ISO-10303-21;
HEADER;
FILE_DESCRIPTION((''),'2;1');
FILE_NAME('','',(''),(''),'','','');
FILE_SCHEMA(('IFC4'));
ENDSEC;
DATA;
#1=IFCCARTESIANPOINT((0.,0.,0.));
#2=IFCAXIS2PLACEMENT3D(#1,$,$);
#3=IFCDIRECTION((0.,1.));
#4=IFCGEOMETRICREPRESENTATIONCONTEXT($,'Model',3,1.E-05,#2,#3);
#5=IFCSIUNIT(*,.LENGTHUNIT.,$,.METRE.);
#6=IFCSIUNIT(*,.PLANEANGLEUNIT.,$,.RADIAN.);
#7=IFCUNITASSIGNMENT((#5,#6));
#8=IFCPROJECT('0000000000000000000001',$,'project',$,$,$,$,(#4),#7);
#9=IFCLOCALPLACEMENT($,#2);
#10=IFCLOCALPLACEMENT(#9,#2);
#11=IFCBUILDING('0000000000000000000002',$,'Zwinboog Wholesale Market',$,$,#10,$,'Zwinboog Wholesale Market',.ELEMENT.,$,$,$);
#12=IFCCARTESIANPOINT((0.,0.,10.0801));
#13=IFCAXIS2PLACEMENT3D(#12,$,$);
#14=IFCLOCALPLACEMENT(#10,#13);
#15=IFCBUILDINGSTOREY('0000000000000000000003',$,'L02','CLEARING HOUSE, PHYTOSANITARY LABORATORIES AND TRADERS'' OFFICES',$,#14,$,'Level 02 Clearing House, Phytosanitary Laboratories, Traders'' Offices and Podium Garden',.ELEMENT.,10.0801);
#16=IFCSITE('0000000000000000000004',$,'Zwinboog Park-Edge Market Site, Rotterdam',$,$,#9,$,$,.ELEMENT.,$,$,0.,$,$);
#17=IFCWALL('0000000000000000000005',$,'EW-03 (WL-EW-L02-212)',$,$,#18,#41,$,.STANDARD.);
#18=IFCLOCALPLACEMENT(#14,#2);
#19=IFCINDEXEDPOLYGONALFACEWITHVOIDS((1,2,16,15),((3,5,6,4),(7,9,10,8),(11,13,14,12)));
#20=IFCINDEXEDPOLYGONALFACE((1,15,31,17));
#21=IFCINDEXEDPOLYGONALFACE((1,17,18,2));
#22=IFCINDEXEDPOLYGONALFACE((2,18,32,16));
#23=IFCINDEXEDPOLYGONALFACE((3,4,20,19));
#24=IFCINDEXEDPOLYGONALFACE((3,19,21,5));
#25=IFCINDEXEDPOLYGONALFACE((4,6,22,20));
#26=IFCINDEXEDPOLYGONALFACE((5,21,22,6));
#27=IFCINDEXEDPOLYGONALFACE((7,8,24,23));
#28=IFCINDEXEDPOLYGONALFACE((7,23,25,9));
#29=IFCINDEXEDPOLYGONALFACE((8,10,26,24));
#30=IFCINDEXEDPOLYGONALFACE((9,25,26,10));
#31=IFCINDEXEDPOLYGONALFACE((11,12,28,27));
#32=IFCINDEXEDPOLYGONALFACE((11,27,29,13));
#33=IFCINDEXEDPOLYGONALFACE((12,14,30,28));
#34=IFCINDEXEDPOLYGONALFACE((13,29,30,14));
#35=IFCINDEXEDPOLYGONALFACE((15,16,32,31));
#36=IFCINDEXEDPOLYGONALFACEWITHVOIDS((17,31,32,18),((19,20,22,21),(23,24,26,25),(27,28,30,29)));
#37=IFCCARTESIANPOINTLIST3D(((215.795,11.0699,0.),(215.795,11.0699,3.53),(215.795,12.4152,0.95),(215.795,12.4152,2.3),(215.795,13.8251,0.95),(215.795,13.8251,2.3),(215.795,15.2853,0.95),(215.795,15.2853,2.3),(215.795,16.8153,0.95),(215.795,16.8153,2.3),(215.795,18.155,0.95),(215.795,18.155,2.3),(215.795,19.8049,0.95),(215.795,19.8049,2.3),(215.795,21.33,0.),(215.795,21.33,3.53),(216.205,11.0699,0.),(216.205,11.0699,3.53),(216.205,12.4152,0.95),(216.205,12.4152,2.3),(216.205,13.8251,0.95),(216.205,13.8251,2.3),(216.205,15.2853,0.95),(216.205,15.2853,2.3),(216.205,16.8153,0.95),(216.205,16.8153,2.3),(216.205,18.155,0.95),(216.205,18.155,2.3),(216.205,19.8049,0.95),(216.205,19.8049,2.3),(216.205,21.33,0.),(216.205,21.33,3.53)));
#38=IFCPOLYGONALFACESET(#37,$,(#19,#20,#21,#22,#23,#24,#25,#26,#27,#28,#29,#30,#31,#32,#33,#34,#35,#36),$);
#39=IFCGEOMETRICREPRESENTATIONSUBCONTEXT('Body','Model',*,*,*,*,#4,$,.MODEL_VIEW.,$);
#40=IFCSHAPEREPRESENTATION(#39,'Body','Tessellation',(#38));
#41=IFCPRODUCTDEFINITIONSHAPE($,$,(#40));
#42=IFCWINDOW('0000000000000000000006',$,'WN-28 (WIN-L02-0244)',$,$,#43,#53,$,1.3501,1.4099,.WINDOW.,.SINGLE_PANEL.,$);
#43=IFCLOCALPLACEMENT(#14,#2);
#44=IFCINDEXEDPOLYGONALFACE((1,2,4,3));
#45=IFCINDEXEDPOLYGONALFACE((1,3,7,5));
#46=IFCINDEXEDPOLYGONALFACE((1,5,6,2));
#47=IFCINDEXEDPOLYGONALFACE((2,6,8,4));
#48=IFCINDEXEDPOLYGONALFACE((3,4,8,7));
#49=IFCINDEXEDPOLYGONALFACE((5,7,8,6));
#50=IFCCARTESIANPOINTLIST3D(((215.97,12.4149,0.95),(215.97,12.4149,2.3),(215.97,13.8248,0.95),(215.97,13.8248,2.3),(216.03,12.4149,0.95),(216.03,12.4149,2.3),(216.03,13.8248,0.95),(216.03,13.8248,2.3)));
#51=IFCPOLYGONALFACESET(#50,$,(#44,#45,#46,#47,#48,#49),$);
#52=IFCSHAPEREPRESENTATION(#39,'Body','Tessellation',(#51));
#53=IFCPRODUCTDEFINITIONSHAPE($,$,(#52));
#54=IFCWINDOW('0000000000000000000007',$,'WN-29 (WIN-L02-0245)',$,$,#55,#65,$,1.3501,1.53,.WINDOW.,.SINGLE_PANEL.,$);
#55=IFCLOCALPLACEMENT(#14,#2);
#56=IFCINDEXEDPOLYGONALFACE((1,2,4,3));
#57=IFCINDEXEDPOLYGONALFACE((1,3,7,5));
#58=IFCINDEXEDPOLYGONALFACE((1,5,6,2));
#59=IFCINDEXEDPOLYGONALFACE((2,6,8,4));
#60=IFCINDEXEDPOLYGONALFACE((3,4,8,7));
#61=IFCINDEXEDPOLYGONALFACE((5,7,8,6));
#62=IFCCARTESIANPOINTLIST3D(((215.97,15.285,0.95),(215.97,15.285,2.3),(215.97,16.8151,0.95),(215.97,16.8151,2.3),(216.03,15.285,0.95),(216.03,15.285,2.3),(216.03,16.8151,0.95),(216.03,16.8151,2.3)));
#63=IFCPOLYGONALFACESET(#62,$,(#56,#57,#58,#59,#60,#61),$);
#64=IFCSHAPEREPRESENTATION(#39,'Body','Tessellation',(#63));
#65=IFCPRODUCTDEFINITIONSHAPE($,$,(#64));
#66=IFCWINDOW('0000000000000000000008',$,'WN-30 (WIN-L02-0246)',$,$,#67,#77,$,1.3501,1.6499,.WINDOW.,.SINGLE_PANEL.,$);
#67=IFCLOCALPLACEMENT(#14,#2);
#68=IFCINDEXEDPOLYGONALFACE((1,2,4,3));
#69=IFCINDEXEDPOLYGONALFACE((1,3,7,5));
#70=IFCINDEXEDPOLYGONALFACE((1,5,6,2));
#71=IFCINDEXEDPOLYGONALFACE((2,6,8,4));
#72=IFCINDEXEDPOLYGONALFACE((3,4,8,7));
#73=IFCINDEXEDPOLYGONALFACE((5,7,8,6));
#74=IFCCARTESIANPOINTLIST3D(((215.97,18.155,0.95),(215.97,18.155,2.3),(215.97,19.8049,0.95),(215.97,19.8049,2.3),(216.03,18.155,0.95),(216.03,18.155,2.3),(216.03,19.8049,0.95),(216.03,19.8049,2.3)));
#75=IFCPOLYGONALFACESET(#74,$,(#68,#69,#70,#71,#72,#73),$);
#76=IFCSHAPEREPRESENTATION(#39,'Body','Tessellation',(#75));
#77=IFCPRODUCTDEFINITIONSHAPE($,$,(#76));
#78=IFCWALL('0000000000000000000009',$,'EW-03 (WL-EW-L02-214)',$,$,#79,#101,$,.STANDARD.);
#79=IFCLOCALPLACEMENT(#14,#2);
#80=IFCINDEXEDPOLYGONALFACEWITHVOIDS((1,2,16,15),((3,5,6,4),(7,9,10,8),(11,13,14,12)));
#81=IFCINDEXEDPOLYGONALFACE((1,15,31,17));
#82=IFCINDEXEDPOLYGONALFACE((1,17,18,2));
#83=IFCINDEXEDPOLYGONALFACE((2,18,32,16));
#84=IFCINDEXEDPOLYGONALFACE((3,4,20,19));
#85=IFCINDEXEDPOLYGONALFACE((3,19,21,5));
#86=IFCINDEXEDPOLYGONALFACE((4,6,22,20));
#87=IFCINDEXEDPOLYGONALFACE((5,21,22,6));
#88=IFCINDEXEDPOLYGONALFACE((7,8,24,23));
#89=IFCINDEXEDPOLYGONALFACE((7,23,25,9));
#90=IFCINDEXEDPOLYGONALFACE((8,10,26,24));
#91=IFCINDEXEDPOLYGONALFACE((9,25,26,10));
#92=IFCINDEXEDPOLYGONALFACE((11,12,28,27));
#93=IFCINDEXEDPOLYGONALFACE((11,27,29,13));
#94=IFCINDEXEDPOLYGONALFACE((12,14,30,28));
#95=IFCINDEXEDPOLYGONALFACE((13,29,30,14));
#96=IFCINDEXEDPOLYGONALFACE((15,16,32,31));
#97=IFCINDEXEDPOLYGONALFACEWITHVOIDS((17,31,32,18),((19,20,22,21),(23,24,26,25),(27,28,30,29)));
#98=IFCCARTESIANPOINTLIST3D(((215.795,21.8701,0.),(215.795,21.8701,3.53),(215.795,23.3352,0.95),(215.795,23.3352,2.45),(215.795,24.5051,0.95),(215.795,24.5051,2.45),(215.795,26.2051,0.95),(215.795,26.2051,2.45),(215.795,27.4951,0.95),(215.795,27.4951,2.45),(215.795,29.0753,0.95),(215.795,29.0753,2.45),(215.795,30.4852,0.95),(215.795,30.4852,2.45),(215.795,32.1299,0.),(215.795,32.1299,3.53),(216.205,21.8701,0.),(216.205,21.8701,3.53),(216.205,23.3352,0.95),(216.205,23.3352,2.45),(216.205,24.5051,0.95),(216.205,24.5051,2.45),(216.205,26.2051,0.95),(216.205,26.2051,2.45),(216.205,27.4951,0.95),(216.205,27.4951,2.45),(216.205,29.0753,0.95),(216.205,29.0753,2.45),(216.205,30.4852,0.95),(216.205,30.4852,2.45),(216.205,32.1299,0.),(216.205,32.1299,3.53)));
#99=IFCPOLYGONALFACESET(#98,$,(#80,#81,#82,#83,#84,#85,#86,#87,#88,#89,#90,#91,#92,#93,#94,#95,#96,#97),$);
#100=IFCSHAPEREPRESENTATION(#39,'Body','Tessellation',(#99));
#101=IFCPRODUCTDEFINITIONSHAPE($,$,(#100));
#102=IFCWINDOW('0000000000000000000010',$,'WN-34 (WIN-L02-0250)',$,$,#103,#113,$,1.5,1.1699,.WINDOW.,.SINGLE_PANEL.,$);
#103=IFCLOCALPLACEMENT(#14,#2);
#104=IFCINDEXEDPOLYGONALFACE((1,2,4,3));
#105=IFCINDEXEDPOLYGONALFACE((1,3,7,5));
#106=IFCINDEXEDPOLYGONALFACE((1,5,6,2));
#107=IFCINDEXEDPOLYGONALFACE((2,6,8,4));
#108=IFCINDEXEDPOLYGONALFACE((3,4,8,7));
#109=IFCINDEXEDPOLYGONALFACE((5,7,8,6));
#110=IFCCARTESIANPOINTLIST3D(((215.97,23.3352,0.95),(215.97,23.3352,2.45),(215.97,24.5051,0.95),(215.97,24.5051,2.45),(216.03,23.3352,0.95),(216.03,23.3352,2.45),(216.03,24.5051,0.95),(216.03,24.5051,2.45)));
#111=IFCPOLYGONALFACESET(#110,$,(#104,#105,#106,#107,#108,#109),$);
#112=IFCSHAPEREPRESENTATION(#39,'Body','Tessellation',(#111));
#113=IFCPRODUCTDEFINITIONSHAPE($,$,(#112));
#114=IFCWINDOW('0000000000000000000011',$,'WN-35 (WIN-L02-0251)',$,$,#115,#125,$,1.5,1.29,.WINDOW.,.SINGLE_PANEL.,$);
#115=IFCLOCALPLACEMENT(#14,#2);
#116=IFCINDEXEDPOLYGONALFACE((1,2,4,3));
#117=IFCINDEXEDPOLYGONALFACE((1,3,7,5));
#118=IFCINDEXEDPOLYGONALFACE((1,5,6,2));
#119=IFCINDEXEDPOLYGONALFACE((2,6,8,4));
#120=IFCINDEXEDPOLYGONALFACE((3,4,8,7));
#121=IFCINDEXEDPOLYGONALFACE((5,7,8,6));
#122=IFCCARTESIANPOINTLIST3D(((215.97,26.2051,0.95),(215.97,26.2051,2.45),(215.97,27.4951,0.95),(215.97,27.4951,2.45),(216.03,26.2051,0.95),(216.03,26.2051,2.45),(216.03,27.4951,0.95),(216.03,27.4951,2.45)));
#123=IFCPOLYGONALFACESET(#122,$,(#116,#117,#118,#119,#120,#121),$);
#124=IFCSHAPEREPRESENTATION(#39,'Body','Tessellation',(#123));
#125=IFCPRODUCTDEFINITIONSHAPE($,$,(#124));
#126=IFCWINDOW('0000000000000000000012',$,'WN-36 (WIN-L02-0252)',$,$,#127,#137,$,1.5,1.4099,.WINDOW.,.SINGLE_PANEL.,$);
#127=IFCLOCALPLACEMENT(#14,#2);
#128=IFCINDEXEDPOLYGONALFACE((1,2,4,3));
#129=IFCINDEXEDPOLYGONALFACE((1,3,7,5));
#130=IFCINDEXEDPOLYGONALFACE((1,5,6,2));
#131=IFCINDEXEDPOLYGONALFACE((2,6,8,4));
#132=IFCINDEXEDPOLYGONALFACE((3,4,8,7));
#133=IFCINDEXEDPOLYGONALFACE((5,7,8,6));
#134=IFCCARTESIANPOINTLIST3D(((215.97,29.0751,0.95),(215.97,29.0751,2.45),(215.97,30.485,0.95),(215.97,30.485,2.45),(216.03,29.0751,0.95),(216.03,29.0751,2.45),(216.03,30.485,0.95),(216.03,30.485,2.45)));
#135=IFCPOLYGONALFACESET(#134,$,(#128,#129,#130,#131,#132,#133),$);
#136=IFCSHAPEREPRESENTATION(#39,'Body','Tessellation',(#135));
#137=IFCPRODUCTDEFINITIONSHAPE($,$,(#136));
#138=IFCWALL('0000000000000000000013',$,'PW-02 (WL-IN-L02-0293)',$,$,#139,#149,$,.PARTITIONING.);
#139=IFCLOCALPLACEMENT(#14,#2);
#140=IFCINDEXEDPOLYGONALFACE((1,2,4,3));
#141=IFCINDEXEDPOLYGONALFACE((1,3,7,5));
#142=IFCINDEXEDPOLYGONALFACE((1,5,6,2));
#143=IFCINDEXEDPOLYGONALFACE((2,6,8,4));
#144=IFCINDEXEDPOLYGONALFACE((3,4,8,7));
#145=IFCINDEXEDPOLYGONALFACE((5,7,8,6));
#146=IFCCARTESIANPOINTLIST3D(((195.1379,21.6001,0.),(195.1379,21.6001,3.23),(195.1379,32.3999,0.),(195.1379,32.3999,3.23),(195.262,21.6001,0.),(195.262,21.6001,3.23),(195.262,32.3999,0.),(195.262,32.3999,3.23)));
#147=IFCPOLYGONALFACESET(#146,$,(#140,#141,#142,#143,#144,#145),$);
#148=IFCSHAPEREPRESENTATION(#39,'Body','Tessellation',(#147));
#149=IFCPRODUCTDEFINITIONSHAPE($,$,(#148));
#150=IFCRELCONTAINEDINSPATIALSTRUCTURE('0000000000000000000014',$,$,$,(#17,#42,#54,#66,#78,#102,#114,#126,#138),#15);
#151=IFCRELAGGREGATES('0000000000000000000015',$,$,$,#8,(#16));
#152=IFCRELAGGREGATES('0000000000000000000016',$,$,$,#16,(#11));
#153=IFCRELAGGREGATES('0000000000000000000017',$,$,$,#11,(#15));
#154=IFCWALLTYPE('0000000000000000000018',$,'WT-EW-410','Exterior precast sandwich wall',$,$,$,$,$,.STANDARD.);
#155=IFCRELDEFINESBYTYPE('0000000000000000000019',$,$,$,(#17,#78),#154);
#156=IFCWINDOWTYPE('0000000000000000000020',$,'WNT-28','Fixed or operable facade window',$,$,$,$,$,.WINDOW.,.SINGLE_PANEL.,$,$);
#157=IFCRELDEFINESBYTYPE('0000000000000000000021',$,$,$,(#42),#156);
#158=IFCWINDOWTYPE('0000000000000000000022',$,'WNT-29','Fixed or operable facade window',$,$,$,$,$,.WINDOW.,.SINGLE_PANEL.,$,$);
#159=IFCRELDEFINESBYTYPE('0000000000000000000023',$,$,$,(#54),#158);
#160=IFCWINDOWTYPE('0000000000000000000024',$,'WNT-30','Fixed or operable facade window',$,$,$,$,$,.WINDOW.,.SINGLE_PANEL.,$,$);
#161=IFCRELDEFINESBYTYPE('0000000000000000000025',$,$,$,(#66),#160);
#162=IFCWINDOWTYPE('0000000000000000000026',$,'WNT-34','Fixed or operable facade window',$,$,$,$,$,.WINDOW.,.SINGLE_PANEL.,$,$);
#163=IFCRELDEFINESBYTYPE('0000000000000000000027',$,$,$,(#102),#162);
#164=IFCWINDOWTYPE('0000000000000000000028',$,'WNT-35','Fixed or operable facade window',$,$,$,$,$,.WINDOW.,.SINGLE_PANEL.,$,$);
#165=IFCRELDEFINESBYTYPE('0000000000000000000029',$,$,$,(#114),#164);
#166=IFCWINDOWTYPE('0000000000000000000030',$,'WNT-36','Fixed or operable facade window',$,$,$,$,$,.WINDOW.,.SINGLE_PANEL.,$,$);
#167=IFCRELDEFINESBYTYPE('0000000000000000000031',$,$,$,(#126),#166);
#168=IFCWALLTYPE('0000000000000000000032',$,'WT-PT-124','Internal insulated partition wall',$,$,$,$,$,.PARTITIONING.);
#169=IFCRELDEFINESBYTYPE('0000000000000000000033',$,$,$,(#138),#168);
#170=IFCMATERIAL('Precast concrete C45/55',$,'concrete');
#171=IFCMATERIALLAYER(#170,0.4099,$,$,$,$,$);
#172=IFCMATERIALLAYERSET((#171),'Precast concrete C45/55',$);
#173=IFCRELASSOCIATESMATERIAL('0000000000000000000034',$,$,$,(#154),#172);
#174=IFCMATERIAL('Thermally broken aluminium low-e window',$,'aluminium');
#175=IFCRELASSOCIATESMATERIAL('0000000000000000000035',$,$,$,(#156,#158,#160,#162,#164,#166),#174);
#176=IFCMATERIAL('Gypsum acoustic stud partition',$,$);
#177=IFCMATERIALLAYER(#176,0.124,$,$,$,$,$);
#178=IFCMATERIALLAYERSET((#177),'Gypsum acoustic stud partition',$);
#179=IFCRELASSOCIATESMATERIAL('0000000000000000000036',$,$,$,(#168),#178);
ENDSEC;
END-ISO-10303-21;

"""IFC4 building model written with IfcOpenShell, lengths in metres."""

from ifc_helpers import new_model, si_unit, direction, frame, frame_2d, origin, place, context, subcontext, project, spatial, rectangle, extrude, material, layer, layer_set, type_object, element, fill, save


model = new_model("IFC4")

# Units and contexts
model_context = context("Model", 3, precision=1e-05, world=origin(), true_north=direction((0.0, 1.0)))
body_context = subcontext(model_context, "Body", "Model", "MODEL_VIEW")
ifc_project = project(units=[si_unit("LENGTHUNIT", "METRE"), si_unit("PLANEANGLEUNIT", "RADIAN")], contexts=[model_context])

# Site, building, storey
site_placement = place(None, origin())
site = spatial("IfcSite", under=ifc_project, at=site_placement, Name="Zwinboog Park-Edge Market Site, Rotterdam", CompositionType="ELEMENT", RefElevation=0.0)
building_placement = place(site_placement, origin())
building = spatial("IfcBuilding", under=site, at=building_placement, Name="Zwinboog Wholesale Market", LongName="Zwinboog Wholesale Market", CompositionType="ELEMENT")
storey_placement = place(building_placement, frame((0.0, 0.0, 10.0801)))
storey = spatial("IfcBuildingStorey", under=building, at=storey_placement, Name="L02", Description="CLEARING HOUSE, PHYTOSANITARY LABORATORIES AND TRADERS' OFFICES", LongName="Level 02 Clearing House, Phytosanitary Laboratories, Traders' Offices and Podium Garden", CompositionType="ELEMENT", Elevation=10.0801)

# Shared definitions
ifc_material_1 = material(Name="Precast concrete C45/55", Category="concrete")

# Walls, openings, windows
ifc_layer_1 = layer(ifc_material_1, 0.4099)
ifc_layer_set_1 = layer_set([ifc_layer_1], Name="Precast concrete C45/55")
wall_type_1 = type_object("IfcWallType", Name="WT-EW-410", Description="Exterior precast sandwich wall", PredefinedType="STANDARD", material=ifc_layer_set_1)
wall_1_placement = place(storey_placement, frame((216.0, 11.0701, 0.0), z_axis=(0.0, 0.0, 1.0), x_axis=(0.0, 1.0, 0.0)))
wall_1 = element("IfcWall", 1, at=wall_1_placement, inside=storey, type_object=wall_type_1, Name="EW-03 (WL-EW-L02-212)", PredefinedType="STANDARD", context=body_context, shape_type="SweptSolid", body=[
    extrude(rectangle(XDim=10.26, YDim=0.4099, at=frame_2d((5.1299, 0.0))), origin(), (0.0, 0.0, 1.0), 3.53),
])
opening_1_placement = place(wall_1_placement, frame((1.345, 0.0, 0.95)))
opening_1 = element("IfcOpeningElement", 2, at=opening_1_placement, cuts=wall_1, PredefinedType="OPENING", context=body_context, shape_type="SweptSolid", body=[
    extrude(rectangle(XDim=1.4099, YDim=1.3501, at=frame_2d((0.7051, 0.675))), frame((0.0, 0.2148, 0.0), z_axis=(0.0, -1.0, 0.0), x_axis=(1.0, 0.0, 0.0)), (0.0, 0.0, 1.0), 0.4299),
])
opening_2_placement = place(wall_1_placement, frame((4.2151, 0.0, 0.95)))
opening_2 = element("IfcOpeningElement", 3, at=opening_2_placement, cuts=wall_1, PredefinedType="OPENING", context=body_context, shape_type="SweptSolid", body=[
    extrude(rectangle(XDim=1.53, YDim=1.3501, at=frame_2d((0.7651, 0.675))), frame((0.0, 0.2148, 0.0), z_axis=(0.0, -1.0, 0.0), x_axis=(1.0, 0.0, 0.0)), (0.0, 0.0, 1.0), 0.4299),
])
opening_3_placement = place(wall_1_placement, frame((7.085, 0.0, 0.95)))
opening_3 = element("IfcOpeningElement", 4, at=opening_3_placement, cuts=wall_1, PredefinedType="OPENING", context=body_context, shape_type="SweptSolid", body=[
    extrude(rectangle(XDim=1.6499, YDim=1.3501, at=frame_2d((0.825, 0.675))), frame((0.0, 0.2148, 0.0), z_axis=(0.0, -1.0, 0.0), x_axis=(1.0, 0.0, 0.0)), (0.0, 0.0, 1.0), 0.4299),
])
ifc_material_2 = material(Name="Thermally broken aluminium low-e window", Category="aluminium")
window_type_1 = type_object("IfcWindowType", Name="WNT-28", Description="Fixed or operable facade window", PartitioningType="SINGLE_PANEL", PredefinedType="WINDOW", material=ifc_material_2)
window_1_placement = place(opening_1_placement, frame((1.4099, 0.0, 0.0), z_axis=(0.0, 0.0, 1.0), x_axis=(-1.0, 0.0, 0.0)))
window_1 = element("IfcWindow", 5, at=window_1_placement, inside=storey, type_object=window_type_1, Name="WN-28 (WIN-L02-0244)", OverallHeight=1.3501, OverallWidth=1.4099, PartitioningType="SINGLE_PANEL", PredefinedType="WINDOW", context=body_context, shape_type="SweptSolid", body=[
    extrude(rectangle(XDim=1.4099, YDim=1.3501, at=frame_2d((0.7051, 0.675))), frame((0.0, 0.03, 0.0), z_axis=(0.0, -1.0, 0.0), x_axis=(1.0, 0.0, 0.0)), (0.0, 0.0, 1.0), 0.0601),
])
fill(opening_1, window_1)
window_type_2 = type_object("IfcWindowType", Name="WNT-29", Description="Fixed or operable facade window", PartitioningType="SINGLE_PANEL", PredefinedType="WINDOW", material=ifc_material_2)
window_2_placement = place(opening_2_placement, frame((1.53, 0.0, 0.0), z_axis=(0.0, 0.0, 1.0), x_axis=(-1.0, 0.0, 0.0)))
window_2 = element("IfcWindow", 6, at=window_2_placement, inside=storey, type_object=window_type_2, Name="WN-29 (WIN-L02-0245)", OverallHeight=1.3501, OverallWidth=1.53, PartitioningType="SINGLE_PANEL", PredefinedType="WINDOW", context=body_context, shape_type="SweptSolid", body=[
    extrude(rectangle(XDim=1.53, YDim=1.3501, at=frame_2d((0.7651, 0.675))), frame((0.0, 0.03, 0.0), z_axis=(0.0, -1.0, 0.0), x_axis=(1.0, 0.0, 0.0)), (0.0, 0.0, 1.0), 0.0601),
])
fill(opening_2, window_2)
window_type_3 = type_object("IfcWindowType", Name="WNT-30", Description="Fixed or operable facade window", PartitioningType="SINGLE_PANEL", PredefinedType="WINDOW", material=ifc_material_2)
window_3_placement = place(opening_3_placement, frame((1.6499, 0.0, 0.0), z_axis=(0.0, 0.0, 1.0), x_axis=(-1.0, 0.0, 0.0)))
window_3 = element("IfcWindow", 7, at=window_3_placement, inside=storey, type_object=window_type_3, Name="WN-30 (WIN-L02-0246)", OverallHeight=1.3501, OverallWidth=1.6499, PartitioningType="SINGLE_PANEL", PredefinedType="WINDOW", context=body_context, shape_type="SweptSolid", body=[
    extrude(rectangle(XDim=1.6499, YDim=1.3501, at=frame_2d((0.825, 0.675))), frame((0.0, 0.03, 0.0), z_axis=(0.0, -1.0, 0.0), x_axis=(1.0, 0.0, 0.0)), (0.0, 0.0, 1.0), 0.0601),
])
fill(opening_3, window_3)
wall_2_placement = place(storey_placement, frame((216.0, 21.8701, 0.0), z_axis=(0.0, 0.0, 1.0), x_axis=(0.0, 1.0, 0.0)))
wall_2 = element("IfcWall", 8, at=wall_2_placement, inside=storey, type_object=wall_type_1, Name="EW-03 (WL-EW-L02-214)", PredefinedType="STANDARD", context=body_context, shape_type="SweptSolid", body=[
    extrude(rectangle(XDim=10.2598, YDim=0.4099, at=frame_2d((5.1299, 0.0))), origin(), (0.0, 0.0, 1.0), 3.53),
])
opening_4_placement = place(wall_2_placement, frame((1.4651, 0.0, 0.95)))
opening_4 = element("IfcOpeningElement", 9, at=opening_4_placement, cuts=wall_2, PredefinedType="OPENING", context=body_context, shape_type="SweptSolid", body=[
    extrude(rectangle(XDim=1.1699, YDim=1.5, at=frame_2d((0.585, 0.75))), frame((0.0, 0.2148, 0.0), z_axis=(0.0, -1.0, 0.0), x_axis=(1.0, 0.0, 0.0)), (0.0, 0.0, 1.0), 0.4299),
])
opening_5_placement = place(wall_2_placement, frame((4.335, 0.0, 0.95)))
opening_5 = element("IfcOpeningElement", 10, at=opening_5_placement, cuts=wall_2, PredefinedType="OPENING", context=body_context, shape_type="SweptSolid", body=[
    extrude(rectangle(XDim=1.29, YDim=1.5, at=frame_2d((0.645, 0.75))), frame((0.0, 0.2148, 0.0), z_axis=(0.0, -1.0, 0.0), x_axis=(1.0, 0.0, 0.0)), (0.0, 0.0, 1.0), 0.4299),
])
opening_6_placement = place(wall_2_placement, frame((7.2051, 0.0, 0.95)))
opening_6 = element("IfcOpeningElement", 11, at=opening_6_placement, cuts=wall_2, PredefinedType="OPENING", context=body_context, shape_type="SweptSolid", body=[
    extrude(rectangle(XDim=1.4099, YDim=1.5, at=frame_2d((0.7051, 0.75))), frame((0.0, 0.2148, 0.0), z_axis=(0.0, -1.0, 0.0), x_axis=(1.0, 0.0, 0.0)), (0.0, 0.0, 1.0), 0.4299),
])
window_type_4 = type_object("IfcWindowType", Name="WNT-34", Description="Fixed or operable facade window", PartitioningType="SINGLE_PANEL", PredefinedType="WINDOW", material=ifc_material_2)
window_4_placement = place(opening_4_placement, frame((1.1699, 0.0, 0.0), z_axis=(0.0, 0.0, 1.0), x_axis=(-1.0, 0.0, 0.0)))
window_4 = element("IfcWindow", 12, at=window_4_placement, inside=storey, type_object=window_type_4, Name="WN-34 (WIN-L02-0250)", OverallHeight=1.5, OverallWidth=1.1699, PartitioningType="SINGLE_PANEL", PredefinedType="WINDOW", context=body_context, shape_type="SweptSolid", body=[
    extrude(rectangle(XDim=1.1699, YDim=1.5, at=frame_2d((0.585, 0.75))), frame((0.0, 0.03, 0.0), z_axis=(0.0, -1.0, 0.0), x_axis=(1.0, 0.0, 0.0)), (0.0, 0.0, 1.0), 0.0601),
])
fill(opening_4, window_4)
window_type_5 = type_object("IfcWindowType", Name="WNT-35", Description="Fixed or operable facade window", PartitioningType="SINGLE_PANEL", PredefinedType="WINDOW", material=ifc_material_2)
window_5_placement = place(opening_5_placement, frame((1.29, 0.0, 0.0), z_axis=(0.0, 0.0, 1.0), x_axis=(-1.0, 0.0, 0.0)))
window_5 = element("IfcWindow", 13, at=window_5_placement, inside=storey, type_object=window_type_5, Name="WN-35 (WIN-L02-0251)", OverallHeight=1.5, OverallWidth=1.29, PartitioningType="SINGLE_PANEL", PredefinedType="WINDOW", context=body_context, shape_type="SweptSolid", body=[
    extrude(rectangle(XDim=1.29, YDim=1.5, at=frame_2d((0.645, 0.75))), frame((0.0, 0.03, 0.0), z_axis=(0.0, -1.0, 0.0), x_axis=(1.0, 0.0, 0.0)), (0.0, 0.0, 1.0), 0.0601),
])
fill(opening_5, window_5)
window_type_6 = type_object("IfcWindowType", Name="WNT-36", Description="Fixed or operable facade window", PartitioningType="SINGLE_PANEL", PredefinedType="WINDOW", material=ifc_material_2)
window_6_placement = place(opening_6_placement, frame((1.4099, 0.0, 0.0), z_axis=(0.0, 0.0, 1.0), x_axis=(-1.0, 0.0, 0.0)))
window_6 = element("IfcWindow", 14, at=window_6_placement, inside=storey, type_object=window_type_6, Name="WN-36 (WIN-L02-0252)", OverallHeight=1.5, OverallWidth=1.4099, PartitioningType="SINGLE_PANEL", PredefinedType="WINDOW", context=body_context, shape_type="SweptSolid", body=[
    extrude(rectangle(XDim=1.4099, YDim=1.5, at=frame_2d((0.7051, 0.75))), frame((0.0, 0.03, 0.0), z_axis=(0.0, -1.0, 0.0), x_axis=(1.0, 0.0, 0.0)), (0.0, 0.0, 1.0), 0.0601),
])
fill(opening_6, window_6)

# Wall
ifc_material_3 = material(Name="Gypsum acoustic stud partition")
ifc_layer_2 = layer(ifc_material_3, 0.124)
ifc_layer_set_2 = layer_set([ifc_layer_2], Name="Gypsum acoustic stud partition")
wall_type_2 = type_object("IfcWallType", Name="WT-PT-124", Description="Internal insulated partition wall", PredefinedType="PARTITIONING", material=ifc_layer_set_2)
wall_3_placement = place(storey_placement, frame((195.2, 21.6001, 0.0), z_axis=(0.0, 0.0, 1.0), x_axis=(0.0, 1.0, 0.0)))
element("IfcWall", 15, at=wall_3_placement, inside=storey, type_object=wall_type_2, Name="PW-02 (WL-IN-L02-0293)", PredefinedType="PARTITIONING", context=body_context, shape_type="SweptSolid", body=[
    extrude(rectangle(XDim=10.7998, YDim=0.124, at=frame_2d((5.3999, 0.0))), origin(), (0.0, 0.0, 1.0), 3.23),
])

save(model, "model.ifc")
